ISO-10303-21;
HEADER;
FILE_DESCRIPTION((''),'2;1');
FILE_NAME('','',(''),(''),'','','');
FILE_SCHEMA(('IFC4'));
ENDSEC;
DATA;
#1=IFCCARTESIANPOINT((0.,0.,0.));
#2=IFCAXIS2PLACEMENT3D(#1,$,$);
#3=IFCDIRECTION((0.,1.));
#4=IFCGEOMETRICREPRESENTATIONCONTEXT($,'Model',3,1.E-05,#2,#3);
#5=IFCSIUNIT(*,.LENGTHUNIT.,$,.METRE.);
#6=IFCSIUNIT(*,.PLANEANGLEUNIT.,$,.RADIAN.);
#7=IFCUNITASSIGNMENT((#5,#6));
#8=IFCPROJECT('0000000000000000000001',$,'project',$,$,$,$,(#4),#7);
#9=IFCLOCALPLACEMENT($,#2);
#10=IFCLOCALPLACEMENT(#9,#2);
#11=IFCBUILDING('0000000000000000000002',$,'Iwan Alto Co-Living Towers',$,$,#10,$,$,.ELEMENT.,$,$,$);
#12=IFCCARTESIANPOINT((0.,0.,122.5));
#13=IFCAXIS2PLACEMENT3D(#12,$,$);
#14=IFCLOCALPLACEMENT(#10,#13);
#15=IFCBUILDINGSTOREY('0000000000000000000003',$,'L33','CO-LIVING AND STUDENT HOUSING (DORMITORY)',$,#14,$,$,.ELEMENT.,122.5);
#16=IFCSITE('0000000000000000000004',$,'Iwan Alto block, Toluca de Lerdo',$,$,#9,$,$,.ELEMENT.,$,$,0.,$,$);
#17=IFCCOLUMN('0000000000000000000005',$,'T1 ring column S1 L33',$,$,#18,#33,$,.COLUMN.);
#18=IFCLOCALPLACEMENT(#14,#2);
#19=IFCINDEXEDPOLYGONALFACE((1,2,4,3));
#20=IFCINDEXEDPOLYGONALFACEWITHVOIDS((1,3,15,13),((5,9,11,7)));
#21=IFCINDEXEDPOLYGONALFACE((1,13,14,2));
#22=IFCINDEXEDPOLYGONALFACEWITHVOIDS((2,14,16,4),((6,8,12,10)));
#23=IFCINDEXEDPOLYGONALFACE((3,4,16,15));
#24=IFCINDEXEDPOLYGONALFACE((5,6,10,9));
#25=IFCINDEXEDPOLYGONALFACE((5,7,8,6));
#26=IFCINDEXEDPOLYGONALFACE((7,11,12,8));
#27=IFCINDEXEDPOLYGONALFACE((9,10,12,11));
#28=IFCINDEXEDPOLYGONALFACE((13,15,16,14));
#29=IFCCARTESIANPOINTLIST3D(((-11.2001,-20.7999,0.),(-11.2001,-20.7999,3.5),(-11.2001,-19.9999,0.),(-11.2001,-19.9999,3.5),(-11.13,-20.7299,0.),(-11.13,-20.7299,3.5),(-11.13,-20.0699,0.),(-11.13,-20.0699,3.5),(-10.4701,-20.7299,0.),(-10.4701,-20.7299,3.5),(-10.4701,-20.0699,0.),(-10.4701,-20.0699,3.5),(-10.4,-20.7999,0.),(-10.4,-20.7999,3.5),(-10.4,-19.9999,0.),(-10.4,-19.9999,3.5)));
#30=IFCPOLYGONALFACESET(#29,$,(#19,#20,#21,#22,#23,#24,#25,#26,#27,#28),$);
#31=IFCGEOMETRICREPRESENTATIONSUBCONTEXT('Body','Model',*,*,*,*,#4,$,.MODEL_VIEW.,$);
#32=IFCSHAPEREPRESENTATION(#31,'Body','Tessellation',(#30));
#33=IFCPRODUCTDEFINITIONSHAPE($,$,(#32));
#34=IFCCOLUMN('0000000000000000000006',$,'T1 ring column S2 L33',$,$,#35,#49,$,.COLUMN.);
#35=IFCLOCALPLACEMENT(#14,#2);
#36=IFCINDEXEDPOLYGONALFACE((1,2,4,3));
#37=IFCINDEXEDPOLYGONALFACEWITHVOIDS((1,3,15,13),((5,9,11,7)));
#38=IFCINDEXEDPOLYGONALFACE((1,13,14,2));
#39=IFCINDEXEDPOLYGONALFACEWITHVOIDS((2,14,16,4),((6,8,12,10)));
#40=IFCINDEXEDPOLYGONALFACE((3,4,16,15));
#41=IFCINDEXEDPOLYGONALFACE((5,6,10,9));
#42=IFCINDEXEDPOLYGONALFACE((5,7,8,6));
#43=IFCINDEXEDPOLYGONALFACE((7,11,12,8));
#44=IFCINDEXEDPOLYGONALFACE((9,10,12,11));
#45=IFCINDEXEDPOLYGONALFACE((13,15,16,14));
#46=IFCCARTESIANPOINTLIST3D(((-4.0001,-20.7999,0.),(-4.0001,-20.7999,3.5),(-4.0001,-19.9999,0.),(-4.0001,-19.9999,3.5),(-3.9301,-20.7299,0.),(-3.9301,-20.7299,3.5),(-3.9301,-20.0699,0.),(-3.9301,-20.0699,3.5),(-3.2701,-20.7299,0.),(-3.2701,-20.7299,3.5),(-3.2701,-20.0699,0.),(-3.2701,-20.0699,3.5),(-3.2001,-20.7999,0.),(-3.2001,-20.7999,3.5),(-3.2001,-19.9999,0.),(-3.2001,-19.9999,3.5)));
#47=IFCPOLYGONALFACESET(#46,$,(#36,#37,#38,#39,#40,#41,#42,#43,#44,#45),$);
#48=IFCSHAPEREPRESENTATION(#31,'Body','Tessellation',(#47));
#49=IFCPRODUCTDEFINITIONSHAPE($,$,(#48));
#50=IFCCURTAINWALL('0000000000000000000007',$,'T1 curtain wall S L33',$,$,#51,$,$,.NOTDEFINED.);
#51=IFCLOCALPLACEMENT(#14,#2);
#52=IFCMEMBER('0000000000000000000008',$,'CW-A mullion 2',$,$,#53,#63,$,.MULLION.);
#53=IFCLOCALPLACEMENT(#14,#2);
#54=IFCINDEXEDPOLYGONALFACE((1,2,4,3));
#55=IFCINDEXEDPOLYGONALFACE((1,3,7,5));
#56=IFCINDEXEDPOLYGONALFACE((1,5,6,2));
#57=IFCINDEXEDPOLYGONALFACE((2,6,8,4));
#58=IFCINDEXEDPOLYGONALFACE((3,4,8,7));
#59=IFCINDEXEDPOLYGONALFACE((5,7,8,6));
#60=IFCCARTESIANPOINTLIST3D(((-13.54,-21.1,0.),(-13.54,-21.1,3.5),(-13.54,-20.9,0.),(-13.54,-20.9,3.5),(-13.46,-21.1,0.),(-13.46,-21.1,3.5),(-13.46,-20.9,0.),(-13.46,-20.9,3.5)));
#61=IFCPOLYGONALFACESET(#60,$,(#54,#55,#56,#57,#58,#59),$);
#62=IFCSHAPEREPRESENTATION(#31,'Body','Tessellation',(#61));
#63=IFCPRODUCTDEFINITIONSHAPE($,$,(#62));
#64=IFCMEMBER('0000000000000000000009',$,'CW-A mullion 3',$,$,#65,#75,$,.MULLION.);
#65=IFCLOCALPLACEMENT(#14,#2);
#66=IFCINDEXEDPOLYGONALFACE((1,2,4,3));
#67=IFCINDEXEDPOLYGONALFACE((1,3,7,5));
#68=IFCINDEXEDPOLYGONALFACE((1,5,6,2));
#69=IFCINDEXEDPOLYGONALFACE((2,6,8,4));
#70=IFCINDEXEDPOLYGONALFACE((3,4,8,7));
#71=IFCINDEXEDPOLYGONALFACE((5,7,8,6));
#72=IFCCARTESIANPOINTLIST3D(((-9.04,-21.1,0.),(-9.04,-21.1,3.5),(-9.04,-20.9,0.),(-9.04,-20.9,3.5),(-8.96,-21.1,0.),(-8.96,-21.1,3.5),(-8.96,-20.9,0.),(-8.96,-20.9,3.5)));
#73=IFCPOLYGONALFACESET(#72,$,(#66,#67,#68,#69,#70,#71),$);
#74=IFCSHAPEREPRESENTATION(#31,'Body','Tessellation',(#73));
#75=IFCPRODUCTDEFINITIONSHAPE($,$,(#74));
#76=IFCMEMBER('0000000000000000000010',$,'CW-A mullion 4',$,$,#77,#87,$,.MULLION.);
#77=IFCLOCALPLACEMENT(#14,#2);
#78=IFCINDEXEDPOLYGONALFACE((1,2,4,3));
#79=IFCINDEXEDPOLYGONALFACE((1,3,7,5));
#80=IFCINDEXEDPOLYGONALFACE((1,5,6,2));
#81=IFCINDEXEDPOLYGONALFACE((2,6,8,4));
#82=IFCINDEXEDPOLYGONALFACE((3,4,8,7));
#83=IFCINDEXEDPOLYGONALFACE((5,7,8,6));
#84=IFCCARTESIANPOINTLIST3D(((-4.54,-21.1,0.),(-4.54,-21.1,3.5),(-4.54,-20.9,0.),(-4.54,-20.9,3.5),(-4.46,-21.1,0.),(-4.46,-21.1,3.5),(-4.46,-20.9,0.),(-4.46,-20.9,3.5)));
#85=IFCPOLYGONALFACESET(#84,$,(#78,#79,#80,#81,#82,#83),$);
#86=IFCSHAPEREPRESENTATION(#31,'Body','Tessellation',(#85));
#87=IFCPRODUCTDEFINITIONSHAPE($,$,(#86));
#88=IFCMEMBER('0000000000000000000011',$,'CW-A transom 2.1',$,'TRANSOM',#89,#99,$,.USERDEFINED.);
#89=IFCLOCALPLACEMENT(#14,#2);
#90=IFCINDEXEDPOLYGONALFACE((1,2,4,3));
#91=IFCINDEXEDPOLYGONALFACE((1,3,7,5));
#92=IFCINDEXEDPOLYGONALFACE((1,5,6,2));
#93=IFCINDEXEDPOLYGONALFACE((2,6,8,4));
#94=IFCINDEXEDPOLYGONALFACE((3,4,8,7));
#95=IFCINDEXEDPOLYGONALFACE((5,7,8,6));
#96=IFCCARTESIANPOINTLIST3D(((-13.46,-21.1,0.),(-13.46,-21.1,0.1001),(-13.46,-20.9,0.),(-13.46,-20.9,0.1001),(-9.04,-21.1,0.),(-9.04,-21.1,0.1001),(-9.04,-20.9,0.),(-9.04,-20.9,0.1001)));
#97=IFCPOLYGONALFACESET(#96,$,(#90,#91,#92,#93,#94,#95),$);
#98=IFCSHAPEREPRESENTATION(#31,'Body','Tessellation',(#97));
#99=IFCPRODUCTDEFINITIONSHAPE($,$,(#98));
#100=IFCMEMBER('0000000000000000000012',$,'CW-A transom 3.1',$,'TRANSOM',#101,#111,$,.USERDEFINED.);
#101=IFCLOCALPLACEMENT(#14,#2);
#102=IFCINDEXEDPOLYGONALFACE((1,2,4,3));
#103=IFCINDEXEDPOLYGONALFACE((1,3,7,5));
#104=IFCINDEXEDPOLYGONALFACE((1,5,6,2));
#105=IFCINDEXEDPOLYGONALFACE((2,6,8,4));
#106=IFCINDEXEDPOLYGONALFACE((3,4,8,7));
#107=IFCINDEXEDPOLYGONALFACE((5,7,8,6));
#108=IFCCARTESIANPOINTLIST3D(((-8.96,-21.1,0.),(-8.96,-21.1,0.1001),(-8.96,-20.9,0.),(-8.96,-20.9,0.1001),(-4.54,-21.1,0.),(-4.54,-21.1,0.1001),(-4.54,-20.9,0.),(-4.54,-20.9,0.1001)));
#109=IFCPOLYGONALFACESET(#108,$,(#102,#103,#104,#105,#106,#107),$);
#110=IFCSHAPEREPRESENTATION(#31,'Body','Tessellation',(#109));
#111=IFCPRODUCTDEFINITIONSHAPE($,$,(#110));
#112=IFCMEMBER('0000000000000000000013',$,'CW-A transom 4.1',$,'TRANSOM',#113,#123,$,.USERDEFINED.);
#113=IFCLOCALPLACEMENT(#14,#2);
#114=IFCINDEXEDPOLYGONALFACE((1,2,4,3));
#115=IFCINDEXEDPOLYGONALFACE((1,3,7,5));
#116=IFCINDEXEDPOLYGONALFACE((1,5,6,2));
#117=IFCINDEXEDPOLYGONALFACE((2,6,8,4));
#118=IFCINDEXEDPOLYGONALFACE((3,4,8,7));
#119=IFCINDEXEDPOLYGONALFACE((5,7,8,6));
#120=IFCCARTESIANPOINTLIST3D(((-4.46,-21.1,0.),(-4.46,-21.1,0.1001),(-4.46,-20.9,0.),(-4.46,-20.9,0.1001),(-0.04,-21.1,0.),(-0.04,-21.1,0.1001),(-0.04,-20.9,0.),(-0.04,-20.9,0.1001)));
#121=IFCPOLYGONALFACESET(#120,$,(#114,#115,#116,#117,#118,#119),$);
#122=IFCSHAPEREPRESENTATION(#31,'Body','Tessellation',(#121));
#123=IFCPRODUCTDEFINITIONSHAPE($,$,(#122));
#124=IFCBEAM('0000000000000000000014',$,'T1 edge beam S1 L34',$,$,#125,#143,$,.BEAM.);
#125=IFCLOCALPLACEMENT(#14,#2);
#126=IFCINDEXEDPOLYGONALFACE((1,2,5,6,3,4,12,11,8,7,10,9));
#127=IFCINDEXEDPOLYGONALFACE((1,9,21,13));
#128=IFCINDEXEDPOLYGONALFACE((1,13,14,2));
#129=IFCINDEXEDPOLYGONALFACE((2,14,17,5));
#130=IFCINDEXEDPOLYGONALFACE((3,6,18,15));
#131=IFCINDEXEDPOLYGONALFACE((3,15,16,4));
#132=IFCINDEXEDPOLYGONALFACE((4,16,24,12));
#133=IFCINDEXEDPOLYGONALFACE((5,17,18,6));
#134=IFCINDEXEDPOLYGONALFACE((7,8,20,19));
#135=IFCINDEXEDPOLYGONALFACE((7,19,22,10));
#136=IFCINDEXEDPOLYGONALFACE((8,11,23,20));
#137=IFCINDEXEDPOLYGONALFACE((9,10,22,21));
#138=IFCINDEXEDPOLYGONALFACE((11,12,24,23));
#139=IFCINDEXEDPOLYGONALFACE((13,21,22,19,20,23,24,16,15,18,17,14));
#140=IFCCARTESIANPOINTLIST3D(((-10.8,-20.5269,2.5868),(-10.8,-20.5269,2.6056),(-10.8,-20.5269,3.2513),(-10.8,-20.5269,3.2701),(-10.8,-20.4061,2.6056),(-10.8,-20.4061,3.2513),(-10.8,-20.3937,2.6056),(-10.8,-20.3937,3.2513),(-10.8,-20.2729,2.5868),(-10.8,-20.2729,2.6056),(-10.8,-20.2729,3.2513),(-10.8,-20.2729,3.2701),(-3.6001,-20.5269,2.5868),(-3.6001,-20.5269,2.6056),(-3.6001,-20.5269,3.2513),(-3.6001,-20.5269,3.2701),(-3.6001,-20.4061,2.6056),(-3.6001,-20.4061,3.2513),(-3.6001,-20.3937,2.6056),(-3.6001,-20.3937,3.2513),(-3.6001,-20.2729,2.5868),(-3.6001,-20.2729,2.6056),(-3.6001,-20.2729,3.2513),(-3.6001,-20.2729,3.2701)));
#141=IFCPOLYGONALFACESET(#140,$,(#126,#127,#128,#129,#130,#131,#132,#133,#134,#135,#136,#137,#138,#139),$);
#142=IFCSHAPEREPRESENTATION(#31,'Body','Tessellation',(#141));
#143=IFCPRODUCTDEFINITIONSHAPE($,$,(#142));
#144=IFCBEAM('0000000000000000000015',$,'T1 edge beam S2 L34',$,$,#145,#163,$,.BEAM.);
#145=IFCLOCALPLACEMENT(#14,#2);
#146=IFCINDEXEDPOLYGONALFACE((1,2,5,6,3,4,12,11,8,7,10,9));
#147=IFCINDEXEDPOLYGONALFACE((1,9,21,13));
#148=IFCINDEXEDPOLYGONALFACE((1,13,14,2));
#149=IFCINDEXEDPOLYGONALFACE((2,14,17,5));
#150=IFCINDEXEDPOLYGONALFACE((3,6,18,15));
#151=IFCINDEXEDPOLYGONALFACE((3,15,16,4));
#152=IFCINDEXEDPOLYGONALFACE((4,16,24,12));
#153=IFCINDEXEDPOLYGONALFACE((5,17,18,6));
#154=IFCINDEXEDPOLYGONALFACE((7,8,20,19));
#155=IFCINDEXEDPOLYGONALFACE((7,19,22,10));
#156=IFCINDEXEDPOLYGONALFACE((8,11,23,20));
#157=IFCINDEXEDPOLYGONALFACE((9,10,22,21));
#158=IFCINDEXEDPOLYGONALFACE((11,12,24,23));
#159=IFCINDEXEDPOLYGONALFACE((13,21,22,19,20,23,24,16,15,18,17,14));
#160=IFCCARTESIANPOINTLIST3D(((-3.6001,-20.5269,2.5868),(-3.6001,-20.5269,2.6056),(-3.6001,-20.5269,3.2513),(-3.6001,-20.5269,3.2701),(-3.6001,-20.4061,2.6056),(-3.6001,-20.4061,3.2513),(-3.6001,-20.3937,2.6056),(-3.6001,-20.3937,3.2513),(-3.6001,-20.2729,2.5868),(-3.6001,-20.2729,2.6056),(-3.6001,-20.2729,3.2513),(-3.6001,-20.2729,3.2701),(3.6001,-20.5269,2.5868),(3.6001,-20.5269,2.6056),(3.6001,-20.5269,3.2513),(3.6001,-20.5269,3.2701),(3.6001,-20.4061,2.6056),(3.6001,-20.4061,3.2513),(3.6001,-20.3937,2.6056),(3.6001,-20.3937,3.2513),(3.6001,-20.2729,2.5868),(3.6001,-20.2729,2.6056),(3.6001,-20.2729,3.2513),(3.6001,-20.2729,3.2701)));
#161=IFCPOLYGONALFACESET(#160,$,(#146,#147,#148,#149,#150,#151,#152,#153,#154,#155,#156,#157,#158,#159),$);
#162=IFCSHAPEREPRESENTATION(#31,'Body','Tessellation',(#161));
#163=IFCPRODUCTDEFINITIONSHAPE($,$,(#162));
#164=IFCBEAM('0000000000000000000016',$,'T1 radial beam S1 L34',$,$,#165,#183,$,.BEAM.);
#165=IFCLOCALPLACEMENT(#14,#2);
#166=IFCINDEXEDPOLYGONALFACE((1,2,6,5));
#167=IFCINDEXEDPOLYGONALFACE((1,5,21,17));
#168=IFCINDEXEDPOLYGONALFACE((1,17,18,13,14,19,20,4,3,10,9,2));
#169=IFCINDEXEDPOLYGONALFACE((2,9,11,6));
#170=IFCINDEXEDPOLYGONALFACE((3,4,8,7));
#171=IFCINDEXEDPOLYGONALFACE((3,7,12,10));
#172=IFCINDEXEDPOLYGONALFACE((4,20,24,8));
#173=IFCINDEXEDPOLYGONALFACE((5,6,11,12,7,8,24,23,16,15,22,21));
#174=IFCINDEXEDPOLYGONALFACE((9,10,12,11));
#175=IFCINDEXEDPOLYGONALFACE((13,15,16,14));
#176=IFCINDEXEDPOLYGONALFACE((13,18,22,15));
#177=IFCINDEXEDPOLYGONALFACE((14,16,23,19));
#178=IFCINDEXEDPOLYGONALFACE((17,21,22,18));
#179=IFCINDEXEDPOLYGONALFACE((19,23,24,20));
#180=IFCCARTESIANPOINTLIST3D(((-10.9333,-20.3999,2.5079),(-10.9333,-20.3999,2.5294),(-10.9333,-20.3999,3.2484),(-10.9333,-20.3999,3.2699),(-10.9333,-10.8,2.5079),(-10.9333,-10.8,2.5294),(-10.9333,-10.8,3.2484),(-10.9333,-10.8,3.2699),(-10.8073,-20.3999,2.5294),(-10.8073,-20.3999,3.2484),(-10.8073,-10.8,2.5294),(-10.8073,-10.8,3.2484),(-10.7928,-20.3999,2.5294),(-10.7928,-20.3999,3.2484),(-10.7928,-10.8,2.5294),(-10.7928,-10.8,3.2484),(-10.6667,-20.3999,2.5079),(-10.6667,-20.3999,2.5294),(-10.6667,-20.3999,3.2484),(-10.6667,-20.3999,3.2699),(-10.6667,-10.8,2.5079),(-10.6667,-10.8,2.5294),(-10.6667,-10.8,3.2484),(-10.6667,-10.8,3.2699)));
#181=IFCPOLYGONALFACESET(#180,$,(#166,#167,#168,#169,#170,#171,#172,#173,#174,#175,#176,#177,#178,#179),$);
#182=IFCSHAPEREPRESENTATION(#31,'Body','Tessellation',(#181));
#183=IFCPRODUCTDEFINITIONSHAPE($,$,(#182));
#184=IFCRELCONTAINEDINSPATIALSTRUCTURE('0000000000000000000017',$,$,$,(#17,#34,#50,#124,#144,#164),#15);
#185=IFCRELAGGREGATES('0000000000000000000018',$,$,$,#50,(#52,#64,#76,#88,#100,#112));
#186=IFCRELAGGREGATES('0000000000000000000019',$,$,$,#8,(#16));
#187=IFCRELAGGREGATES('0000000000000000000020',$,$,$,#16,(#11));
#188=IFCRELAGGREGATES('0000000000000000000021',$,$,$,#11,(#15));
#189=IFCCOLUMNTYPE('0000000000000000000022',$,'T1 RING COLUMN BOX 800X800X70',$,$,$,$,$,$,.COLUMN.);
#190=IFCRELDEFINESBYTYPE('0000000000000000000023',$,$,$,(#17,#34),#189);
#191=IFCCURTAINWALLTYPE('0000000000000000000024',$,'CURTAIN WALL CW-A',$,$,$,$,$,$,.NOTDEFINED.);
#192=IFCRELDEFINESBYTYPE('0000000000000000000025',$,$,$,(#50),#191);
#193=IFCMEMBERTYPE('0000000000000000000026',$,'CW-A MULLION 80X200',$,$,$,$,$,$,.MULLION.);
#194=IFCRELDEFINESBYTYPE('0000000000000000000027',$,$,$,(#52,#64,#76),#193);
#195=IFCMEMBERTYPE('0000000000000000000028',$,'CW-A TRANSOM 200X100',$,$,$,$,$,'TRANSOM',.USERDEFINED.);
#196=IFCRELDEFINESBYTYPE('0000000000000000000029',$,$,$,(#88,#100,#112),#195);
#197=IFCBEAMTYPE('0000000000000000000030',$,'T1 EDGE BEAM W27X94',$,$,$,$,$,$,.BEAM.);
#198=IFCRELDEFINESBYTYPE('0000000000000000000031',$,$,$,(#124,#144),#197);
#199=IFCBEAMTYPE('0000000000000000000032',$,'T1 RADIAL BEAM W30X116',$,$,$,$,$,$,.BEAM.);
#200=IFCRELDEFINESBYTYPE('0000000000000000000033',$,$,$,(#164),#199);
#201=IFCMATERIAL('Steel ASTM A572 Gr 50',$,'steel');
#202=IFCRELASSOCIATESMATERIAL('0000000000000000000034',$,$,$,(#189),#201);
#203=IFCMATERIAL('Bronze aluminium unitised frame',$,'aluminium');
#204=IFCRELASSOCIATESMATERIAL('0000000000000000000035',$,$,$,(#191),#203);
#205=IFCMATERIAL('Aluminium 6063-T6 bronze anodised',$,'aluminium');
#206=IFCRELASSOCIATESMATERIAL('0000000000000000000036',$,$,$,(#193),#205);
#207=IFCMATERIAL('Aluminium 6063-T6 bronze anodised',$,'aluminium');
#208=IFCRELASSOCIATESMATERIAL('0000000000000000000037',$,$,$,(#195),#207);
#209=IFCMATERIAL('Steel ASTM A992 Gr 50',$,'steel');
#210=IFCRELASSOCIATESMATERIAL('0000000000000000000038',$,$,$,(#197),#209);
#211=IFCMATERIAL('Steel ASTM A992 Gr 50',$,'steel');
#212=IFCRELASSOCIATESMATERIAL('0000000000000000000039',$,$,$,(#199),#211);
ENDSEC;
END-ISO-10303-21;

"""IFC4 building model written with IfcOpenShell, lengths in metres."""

from ifc_helpers import new_model, si_unit, direction, frame, origin, origin_2d, place, context, subcontext, project, spatial, rectangle, hollow_rectangle, i_section, extrude, material, material_profile, profile_set, type_object, element, aggregate, save


model = new_model("IFC4")

# Units and contexts
model_context = context("Model", 3, precision=1e-05, world=origin(), true_north=direction((0.0, 1.0)))
body_context = subcontext(model_context, "Body", "Model", "MODEL_VIEW")
ifc_project = project(units=[si_unit("LENGTHUNIT", "METRE"), si_unit("PLANEANGLEUNIT", "RADIAN")], contexts=[model_context])

# Site, building, storey
site_placement = place(None, origin())
site = spatial("IfcSite", under=ifc_project, at=site_placement, Name="Iwan Alto block, Toluca de Lerdo", CompositionType="ELEMENT", RefElevation=0.0)
building_placement = place(site_placement, origin())
building = spatial("IfcBuilding", under=site, at=building_placement, Name="Iwan Alto Co-Living Towers", CompositionType="ELEMENT")
storey_placement = place(building_placement, frame((0.0, 0.0, 122.5)))
storey = spatial("IfcBuildingStorey", under=building, at=storey_placement, Name="L33", Description="CO-LIVING AND STUDENT HOUSING (DORMITORY)", CompositionType="ELEMENT", Elevation=122.5)

# Columns
ifc_material_1 = material(Name="Steel ASTM A572 Gr 50", Category="steel")
ifc_material_profile_1 = material_profile(ifc_material_1, hollow_rectangle(XDim=0.8, YDim=0.8, WallThickness=0.0701, at=origin_2d()), Name="BOX 800X800X70")
ifc_profile_set_1 = profile_set([ifc_material_profile_1], Name="Steel ASTM A572 Gr 50")
column_type = type_object("IfcColumnType", Name="T1 RING COLUMN BOX 800X800X70", PredefinedType="COLUMN", material=ifc_profile_set_1)
for number, where, z_axis, x_axis, name in (
    (1, (-10.8, -20.3999, 0.0), (0.0, 0.0, 1.0), (1.0, 0.0, 0.0), "T1 ring column S1 L33"),
    (2, (-3.6001, -20.3999, 0.0), (0.0, 0.0, 1.0), (1.0, 0.0, 0.0), "T1 ring column S2 L33"),
):
    element("IfcColumn", number, at=place(storey_placement, frame(where, z_axis=z_axis, x_axis=x_axis)), inside=storey, type_object=column_type, Name=name, PredefinedType="COLUMN", context=body_context, shape_type="SweptSolid", body=[
        extrude(hollow_rectangle(XDim=0.8, YDim=0.8, WallThickness=0.0701, at=origin_2d()), origin(), (0.0, 0.0, 1.0), 3.5),
    ])

# Curtain wall, members
ifc_material_2 = material(Name="Bronze aluminium unitised frame", Category="aluminium")
curtain_wall_type = type_object("IfcCurtainWallType", Name="CURTAIN WALL CW-A", PredefinedType="NOTDEFINED", material=ifc_material_2)
curtain_wall_placement = place(storey_placement, origin())
curtain_wall = element("IfcCurtainWall", 3, at=curtain_wall_placement, inside=storey, type_object=curtain_wall_type, Name="T1 curtain wall S L33", PredefinedType="NOTDEFINED")
ifc_material_3 = material(Name="Aluminium 6063-T6 bronze anodised", Category="aluminium")
ifc_material_profile_2 = material_profile(ifc_material_3, rectangle(XDim=0.2, YDim=0.0801, at=origin_2d()), Name="AL 80X200")
ifc_profile_set_2 = profile_set([ifc_material_profile_2], Name="Aluminium 6063-T6 bronze anodised")
member_type_1 = type_object("IfcMemberType", Name="CW-A MULLION 80X200", PredefinedType="MULLION", material=ifc_profile_set_2)
member_1_placement = place(storey_placement, frame((-13.5, -21.0, 0.0), z_axis=(0.0, 0.0, 1.0), x_axis=(0.0, 1.0, 0.0)))
member_1 = element("IfcMember", 4, at=member_1_placement, type_object=member_type_1, Name="CW-A mullion 2", PredefinedType="MULLION", context=body_context, shape_type="SweptSolid", body=[
    extrude(rectangle(XDim=0.2, YDim=0.0801, at=origin_2d()), origin(), (0.0, 0.0, 1.0), 3.5),
])
member_2_placement = place(storey_placement, frame((-9.0, -21.0, 0.0), z_axis=(0.0, 0.0, 1.0), x_axis=(0.0, 1.0, 0.0)))
member_2 = element("IfcMember", 5, at=member_2_placement, type_object=member_type_1, Name="CW-A mullion 3", PredefinedType="MULLION", context=body_context, shape_type="SweptSolid", body=[
    extrude(rectangle(XDim=0.2, YDim=0.0801, at=origin_2d()), origin(), (0.0, 0.0, 1.0), 3.5),
])
member_3_placement = place(storey_placement, frame((-4.5, -21.0, 0.0), z_axis=(0.0, 0.0, 1.0), x_axis=(0.0, 1.0, 0.0)))
member_3 = element("IfcMember", 6, at=member_3_placement, type_object=member_type_1, Name="CW-A mullion 4", PredefinedType="MULLION", context=body_context, shape_type="SweptSolid", body=[
    extrude(rectangle(XDim=0.2, YDim=0.0801, at=origin_2d()), origin(), (0.0, 0.0, 1.0), 3.5),
])
ifc_material_4 = material(Name="Aluminium 6063-T6 bronze anodised", Category="aluminium")
ifc_material_profile_3 = material_profile(ifc_material_4, rectangle(XDim=0.2, YDim=0.1001, at=origin_2d()), Name="AL 200X100")
ifc_profile_set_3 = profile_set([ifc_material_profile_3], Name="Aluminium 6063-T6 bronze anodised")
member_type_2 = type_object("IfcMemberType", Name="CW-A TRANSOM 200X100", ElementType="TRANSOM", PredefinedType="USERDEFINED", material=ifc_profile_set_3)
member_4_placement = place(storey_placement, frame((-13.46, -21.0, 0.05), z_axis=(1.0, 0.0, 0.0), x_axis=(0.0, 1.0, 0.0)))
member_4 = element("IfcMember", 7, at=member_4_placement, type_object=member_type_2, Name="CW-A transom 2.1", ObjectType="TRANSOM", PredefinedType="USERDEFINED", context=body_context, shape_type="SweptSolid", body=[
    extrude(rectangle(XDim=0.2, YDim=0.1001, at=origin_2d()), origin(), (0.0, 0.0, 1.0), 4.4199),
])
member_5_placement = place(storey_placement, frame((-8.96, -21.0, 0.05), z_axis=(1.0, 0.0, 0.0), x_axis=(0.0, 1.0, 0.0)))
member_5 = element("IfcMember", 8, at=member_5_placement, type_object=member_type_2, Name="CW-A transom 3.1", ObjectType="TRANSOM", PredefinedType="USERDEFINED", context=body_context, shape_type="SweptSolid", body=[
    extrude(rectangle(XDim=0.2, YDim=0.1001, at=origin_2d()), origin(), (0.0, 0.0, 1.0), 4.4199),
])
member_6_placement = place(storey_placement, frame((-4.46, -21.0, 0.05), z_axis=(1.0, 0.0, 0.0), x_axis=(0.0, 1.0, 0.0)))
member_6 = element("IfcMember", 9, at=member_6_placement, type_object=member_type_2, Name="CW-A transom 4.1", ObjectType="TRANSOM", PredefinedType="USERDEFINED", context=body_context, shape_type="SweptSolid", body=[
    extrude(rectangle(XDim=0.2, YDim=0.1001, at=origin_2d()), origin(), (0.0, 0.0, 1.0), 4.4199),
])

# Beams
ifc_material_5 = material(Name="Steel ASTM A992 Gr 50", Category="steel")
ifc_material_profile_4 = material_profile(ifc_material_5, i_section(OverallWidth=0.2539, OverallDepth=0.6833, WebThickness=0.0125, FlangeThickness=0.0188, at=origin_2d()), Name="W27X94")
ifc_profile_set_4 = profile_set([ifc_material_profile_4], Name="Steel ASTM A992 Gr 50")
beam_type_1 = type_object("IfcBeamType", Name="T1 EDGE BEAM W27X94", PredefinedType="BEAM", material=ifc_profile_set_4)
beam_1_placement = place(storey_placement, frame((-10.8, -20.3999, 2.9285), z_axis=(1.0, 0.0, 0.0), x_axis=(0.0, 1.0, 0.0)))
element("IfcBeam", 10, at=beam_1_placement, inside=storey, type_object=beam_type_1, Name="T1 edge beam S1 L34", PredefinedType="BEAM", context=body_context, shape_type="SweptSolid", body=[
    extrude(i_section(OverallWidth=0.2539, OverallDepth=0.6833, WebThickness=0.0125, FlangeThickness=0.0188, at=origin_2d()), origin(), (0.0, 0.0, 1.0), 7.2),
])
beam_2_placement = place(storey_placement, frame((-3.6001, -20.3999, 2.9285), z_axis=(1.0, 0.0, 0.0), x_axis=(0.0, 1.0, 0.0)))
element("IfcBeam", 11, at=beam_2_placement, inside=storey, type_object=beam_type_1, Name="T1 edge beam S2 L34", PredefinedType="BEAM", context=body_context, shape_type="SweptSolid", body=[
    extrude(i_section(OverallWidth=0.2539, OverallDepth=0.6833, WebThickness=0.0125, FlangeThickness=0.0188, at=origin_2d()), origin(), (0.0, 0.0, 1.0), 7.2002),
])
ifc_material_6 = material(Name="Steel ASTM A992 Gr 50", Category="steel")
ifc_material_profile_5 = material_profile(ifc_material_6, i_section(OverallWidth=0.2666, OverallDepth=0.762, WebThickness=0.0144, FlangeThickness=0.0215, at=origin_2d()), Name="W30X116")
ifc_profile_set_5 = profile_set([ifc_material_profile_5], Name="Steel ASTM A992 Gr 50")
beam_type_2 = type_object("IfcBeamType", Name="T1 RADIAL BEAM W30X116", PredefinedType="BEAM", material=ifc_profile_set_5)
beam_3_placement = place(storey_placement, frame((-10.8, -20.3999, 2.8889), z_axis=(0.0, 1.0, 0.0), x_axis=(-1.0, 0.0, 0.0)))
element("IfcBeam", 12, at=beam_3_placement, inside=storey, type_object=beam_type_2, Name="T1 radial beam S1 L34", PredefinedType="BEAM", context=body_context, shape_type="SweptSolid", body=[
    extrude(i_section(OverallWidth=0.2666, OverallDepth=0.762, WebThickness=0.0144, FlangeThickness=0.0215, at=origin_2d()), origin(), (0.0, 0.0, 1.0), 9.5999),
])

aggregate(curtain_wall, [member_1, member_2, member_3, member_4, member_5, member_6])

save(model, "model.ifc")
